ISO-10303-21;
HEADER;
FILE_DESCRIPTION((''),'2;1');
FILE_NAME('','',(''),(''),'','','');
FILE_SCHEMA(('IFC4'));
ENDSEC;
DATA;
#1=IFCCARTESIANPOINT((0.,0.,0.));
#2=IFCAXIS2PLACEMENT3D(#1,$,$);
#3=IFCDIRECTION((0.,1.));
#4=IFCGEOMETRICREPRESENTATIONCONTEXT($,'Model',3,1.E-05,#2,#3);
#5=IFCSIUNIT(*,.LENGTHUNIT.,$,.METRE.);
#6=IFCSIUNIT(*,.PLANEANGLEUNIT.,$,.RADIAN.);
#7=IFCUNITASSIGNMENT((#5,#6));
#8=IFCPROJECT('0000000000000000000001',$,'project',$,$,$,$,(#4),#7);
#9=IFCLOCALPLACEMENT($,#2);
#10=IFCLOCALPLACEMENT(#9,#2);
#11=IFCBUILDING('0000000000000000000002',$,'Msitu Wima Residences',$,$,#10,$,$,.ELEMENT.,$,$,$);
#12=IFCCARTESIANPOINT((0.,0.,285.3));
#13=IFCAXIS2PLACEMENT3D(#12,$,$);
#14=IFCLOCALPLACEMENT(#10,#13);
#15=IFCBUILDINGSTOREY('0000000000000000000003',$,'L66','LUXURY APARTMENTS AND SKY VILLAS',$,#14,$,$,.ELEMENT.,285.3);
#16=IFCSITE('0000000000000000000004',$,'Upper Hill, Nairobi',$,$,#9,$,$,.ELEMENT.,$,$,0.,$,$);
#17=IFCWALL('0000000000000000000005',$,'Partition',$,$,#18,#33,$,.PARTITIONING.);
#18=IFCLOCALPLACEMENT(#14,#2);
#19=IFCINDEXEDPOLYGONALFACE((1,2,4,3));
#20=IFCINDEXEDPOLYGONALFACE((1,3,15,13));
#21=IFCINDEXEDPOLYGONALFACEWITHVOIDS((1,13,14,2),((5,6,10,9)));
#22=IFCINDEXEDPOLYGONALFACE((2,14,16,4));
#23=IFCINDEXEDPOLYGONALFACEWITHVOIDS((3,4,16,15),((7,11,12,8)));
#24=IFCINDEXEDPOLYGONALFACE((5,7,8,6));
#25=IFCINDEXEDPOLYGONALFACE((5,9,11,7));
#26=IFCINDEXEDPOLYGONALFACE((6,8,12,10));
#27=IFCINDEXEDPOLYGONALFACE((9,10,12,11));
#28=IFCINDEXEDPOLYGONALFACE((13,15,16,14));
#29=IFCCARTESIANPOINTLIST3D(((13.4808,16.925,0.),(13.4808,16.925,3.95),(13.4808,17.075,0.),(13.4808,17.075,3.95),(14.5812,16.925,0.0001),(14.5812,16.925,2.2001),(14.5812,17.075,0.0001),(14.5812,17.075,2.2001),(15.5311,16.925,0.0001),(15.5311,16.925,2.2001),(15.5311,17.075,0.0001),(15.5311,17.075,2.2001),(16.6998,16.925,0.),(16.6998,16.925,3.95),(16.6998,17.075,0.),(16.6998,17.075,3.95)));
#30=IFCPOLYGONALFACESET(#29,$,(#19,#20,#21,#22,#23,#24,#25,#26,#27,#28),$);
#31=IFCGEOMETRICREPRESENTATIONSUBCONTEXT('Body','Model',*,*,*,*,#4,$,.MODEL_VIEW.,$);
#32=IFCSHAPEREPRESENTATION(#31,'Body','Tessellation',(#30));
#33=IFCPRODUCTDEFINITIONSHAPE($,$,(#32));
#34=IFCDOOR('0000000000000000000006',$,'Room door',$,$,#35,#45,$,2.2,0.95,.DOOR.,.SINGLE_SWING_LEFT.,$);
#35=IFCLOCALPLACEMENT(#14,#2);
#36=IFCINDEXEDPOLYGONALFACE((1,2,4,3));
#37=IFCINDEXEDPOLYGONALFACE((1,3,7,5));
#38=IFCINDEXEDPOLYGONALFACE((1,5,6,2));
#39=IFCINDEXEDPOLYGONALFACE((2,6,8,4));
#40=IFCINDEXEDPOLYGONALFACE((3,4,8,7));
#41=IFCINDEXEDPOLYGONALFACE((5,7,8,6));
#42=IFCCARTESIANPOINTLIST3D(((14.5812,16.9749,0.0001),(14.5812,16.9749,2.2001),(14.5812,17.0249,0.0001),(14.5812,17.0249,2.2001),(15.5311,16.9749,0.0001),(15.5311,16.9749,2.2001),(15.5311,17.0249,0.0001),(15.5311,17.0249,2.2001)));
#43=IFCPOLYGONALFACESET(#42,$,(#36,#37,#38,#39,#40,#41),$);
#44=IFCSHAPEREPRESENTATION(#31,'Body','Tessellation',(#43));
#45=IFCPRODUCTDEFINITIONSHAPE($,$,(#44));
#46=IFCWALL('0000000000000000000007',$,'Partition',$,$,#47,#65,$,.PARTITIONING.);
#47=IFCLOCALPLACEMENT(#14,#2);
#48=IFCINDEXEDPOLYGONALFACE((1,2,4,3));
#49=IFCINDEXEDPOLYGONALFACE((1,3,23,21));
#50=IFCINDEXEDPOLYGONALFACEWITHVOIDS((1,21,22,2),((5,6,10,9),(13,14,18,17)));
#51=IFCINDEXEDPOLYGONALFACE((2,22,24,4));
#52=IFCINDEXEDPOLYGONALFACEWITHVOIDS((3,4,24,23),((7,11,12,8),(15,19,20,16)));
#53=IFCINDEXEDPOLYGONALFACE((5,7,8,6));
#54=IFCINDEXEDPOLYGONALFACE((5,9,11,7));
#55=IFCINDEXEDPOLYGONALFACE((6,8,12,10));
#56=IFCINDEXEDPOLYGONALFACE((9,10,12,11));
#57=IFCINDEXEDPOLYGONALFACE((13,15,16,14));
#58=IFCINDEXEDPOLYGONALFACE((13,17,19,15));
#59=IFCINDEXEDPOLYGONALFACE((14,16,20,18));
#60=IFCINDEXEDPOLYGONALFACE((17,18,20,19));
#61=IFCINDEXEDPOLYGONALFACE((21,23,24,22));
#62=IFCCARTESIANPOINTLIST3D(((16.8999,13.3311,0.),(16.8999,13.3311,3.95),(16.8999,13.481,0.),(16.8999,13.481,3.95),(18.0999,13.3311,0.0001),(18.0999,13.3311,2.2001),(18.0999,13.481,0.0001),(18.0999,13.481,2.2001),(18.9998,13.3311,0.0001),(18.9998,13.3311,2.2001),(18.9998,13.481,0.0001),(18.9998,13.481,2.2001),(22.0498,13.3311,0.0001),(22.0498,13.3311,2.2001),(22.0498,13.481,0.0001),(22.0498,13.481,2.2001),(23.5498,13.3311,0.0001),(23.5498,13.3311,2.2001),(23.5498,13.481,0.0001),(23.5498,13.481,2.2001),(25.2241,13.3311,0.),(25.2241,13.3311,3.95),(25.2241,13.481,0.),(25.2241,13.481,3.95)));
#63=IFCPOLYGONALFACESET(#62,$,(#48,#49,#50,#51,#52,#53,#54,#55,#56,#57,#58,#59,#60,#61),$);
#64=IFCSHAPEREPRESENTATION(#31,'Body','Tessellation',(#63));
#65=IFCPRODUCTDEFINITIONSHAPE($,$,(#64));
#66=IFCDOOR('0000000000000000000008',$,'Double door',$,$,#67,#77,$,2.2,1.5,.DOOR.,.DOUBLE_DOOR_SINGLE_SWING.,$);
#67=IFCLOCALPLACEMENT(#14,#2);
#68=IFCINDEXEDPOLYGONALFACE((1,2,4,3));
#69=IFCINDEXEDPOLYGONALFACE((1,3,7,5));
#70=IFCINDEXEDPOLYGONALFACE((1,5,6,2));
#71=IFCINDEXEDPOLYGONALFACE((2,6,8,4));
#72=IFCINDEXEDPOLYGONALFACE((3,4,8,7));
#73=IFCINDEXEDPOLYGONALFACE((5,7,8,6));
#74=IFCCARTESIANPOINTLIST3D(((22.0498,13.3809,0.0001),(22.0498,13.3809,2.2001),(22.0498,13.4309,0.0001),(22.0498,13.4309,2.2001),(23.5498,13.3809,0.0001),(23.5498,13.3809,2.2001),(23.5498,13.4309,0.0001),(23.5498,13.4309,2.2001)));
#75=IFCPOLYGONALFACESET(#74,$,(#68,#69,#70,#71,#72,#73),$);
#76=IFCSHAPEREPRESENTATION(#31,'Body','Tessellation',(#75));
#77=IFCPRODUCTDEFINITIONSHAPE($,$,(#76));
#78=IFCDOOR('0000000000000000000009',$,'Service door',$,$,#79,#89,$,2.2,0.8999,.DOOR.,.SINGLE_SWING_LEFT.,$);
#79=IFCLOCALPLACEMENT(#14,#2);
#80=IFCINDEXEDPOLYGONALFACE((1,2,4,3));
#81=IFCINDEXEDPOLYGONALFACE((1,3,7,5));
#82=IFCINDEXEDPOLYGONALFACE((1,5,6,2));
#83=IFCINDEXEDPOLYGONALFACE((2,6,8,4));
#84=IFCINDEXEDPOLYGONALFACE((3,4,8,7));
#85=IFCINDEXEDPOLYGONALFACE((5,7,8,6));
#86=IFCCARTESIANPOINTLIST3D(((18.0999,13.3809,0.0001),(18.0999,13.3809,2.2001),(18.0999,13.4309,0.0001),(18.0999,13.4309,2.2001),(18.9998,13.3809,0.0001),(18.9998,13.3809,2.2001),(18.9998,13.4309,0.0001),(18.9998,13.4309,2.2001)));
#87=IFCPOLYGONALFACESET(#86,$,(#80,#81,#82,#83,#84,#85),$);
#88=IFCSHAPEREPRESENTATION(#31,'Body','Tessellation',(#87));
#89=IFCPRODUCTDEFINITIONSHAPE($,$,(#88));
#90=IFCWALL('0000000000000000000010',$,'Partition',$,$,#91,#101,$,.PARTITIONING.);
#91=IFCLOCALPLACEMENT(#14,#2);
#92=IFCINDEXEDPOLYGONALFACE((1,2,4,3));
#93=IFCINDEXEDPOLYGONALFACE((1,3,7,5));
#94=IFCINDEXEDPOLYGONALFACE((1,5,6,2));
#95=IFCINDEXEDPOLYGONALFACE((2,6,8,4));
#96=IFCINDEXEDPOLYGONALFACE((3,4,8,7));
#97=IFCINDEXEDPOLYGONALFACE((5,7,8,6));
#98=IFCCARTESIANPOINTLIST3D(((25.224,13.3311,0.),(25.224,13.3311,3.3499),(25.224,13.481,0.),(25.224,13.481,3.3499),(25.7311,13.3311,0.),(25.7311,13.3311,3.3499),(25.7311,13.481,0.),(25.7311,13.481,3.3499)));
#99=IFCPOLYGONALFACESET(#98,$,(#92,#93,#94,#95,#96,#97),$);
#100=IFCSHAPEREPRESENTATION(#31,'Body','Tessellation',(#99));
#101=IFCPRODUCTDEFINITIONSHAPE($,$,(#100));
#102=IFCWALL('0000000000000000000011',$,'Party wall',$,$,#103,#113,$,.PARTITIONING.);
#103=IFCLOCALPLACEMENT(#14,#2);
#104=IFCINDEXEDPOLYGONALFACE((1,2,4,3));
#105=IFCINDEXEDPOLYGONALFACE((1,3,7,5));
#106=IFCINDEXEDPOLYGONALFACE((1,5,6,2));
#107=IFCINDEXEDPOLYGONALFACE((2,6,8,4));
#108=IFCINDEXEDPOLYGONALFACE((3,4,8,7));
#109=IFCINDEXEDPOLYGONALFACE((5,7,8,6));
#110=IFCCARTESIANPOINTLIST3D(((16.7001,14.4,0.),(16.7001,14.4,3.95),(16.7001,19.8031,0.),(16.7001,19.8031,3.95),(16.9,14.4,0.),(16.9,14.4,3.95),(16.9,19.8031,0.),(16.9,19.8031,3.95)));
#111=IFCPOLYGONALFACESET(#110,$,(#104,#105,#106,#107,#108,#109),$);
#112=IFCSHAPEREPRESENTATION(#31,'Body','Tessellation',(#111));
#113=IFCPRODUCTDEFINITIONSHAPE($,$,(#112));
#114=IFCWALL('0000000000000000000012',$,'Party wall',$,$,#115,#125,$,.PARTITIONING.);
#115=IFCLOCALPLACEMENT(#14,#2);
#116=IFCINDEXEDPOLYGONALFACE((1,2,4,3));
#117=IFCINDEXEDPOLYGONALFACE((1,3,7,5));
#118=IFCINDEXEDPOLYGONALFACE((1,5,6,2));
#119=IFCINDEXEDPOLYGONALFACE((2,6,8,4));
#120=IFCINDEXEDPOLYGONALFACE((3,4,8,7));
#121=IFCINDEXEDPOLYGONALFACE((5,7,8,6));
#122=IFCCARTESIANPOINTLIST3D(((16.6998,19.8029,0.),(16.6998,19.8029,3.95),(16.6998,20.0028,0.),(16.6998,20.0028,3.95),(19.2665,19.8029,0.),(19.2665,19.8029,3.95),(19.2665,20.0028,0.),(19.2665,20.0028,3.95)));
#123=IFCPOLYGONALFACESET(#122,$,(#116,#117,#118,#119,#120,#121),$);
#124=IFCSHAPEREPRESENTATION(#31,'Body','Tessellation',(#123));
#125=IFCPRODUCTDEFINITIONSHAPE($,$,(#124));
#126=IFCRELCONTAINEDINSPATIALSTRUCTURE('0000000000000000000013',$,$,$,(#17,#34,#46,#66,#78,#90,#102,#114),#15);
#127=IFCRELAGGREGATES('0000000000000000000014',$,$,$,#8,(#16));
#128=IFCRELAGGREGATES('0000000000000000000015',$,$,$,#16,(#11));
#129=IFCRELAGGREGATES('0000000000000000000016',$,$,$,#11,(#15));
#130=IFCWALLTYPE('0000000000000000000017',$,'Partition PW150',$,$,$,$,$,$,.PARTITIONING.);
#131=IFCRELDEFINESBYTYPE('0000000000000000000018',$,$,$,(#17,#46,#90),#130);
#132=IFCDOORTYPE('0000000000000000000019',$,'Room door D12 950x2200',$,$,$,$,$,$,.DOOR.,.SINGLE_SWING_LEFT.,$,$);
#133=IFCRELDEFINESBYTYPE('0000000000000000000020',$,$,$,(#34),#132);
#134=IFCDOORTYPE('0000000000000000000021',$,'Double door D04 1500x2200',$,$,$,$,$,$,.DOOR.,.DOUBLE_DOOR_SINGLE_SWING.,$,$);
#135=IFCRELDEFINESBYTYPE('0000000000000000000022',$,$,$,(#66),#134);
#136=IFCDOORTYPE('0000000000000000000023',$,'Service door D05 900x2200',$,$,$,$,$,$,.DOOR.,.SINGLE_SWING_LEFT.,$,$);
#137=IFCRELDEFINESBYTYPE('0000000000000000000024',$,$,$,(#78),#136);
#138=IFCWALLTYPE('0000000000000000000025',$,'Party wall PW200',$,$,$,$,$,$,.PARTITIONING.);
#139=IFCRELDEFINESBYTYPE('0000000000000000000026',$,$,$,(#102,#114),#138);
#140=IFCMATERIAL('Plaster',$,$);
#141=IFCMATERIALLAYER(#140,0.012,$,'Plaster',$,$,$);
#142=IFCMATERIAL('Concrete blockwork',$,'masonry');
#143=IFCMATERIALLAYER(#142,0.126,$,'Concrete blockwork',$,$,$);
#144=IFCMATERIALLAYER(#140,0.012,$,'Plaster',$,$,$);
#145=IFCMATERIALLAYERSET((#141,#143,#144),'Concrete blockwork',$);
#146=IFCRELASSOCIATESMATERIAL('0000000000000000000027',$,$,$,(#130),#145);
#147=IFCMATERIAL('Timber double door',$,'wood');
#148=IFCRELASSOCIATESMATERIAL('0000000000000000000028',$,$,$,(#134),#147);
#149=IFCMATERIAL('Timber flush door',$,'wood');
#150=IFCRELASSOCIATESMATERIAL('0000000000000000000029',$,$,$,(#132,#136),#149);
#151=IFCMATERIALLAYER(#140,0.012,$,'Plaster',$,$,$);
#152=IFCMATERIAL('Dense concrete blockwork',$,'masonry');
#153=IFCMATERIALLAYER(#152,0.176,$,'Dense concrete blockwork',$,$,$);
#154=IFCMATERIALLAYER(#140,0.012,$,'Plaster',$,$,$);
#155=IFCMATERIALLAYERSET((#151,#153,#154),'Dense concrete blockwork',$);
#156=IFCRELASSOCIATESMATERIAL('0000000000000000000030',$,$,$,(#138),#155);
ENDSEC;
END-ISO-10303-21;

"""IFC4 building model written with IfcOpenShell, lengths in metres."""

from ifc_helpers import new_model, si_unit, direction, frame, frame_2d, origin, place, context, subcontext, project, spatial, rectangle, extrude, material, layer, layer_set, type_object, element, fill, save


model = new_model("IFC4")

# Units and contexts
model_context = context("Model", 3, precision=1e-05, world=origin(), true_north=direction((0.0, 1.0)))
body_context = subcontext(model_context, "Body", "Model", "MODEL_VIEW")
ifc_project = project(units=[si_unit("LENGTHUNIT", "METRE"), si_unit("PLANEANGLEUNIT", "RADIAN")], contexts=[model_context])

# Site, building, storey
site_placement = place(None, origin())
site = spatial("IfcSite", under=ifc_project, at=site_placement, Name="Upper Hill, Nairobi", CompositionType="ELEMENT", RefElevation=0.0)
building_placement = place(site_placement, origin())
building = spatial("IfcBuilding", under=site, at=building_placement, Name="Msitu Wima Residences", CompositionType="ELEMENT")
storey_placement = place(building_placement, frame((0.0, 0.0, 285.3)))
storey = spatial("IfcBuildingStorey", under=building, at=storey_placement, Name="L66", Description="LUXURY APARTMENTS AND SKY VILLAS", CompositionType="ELEMENT", Elevation=285.3)

# Shared definitions
ifc_material_1 = material(Name="Plaster")
ifc_material_2 = material(Name="Concrete blockwork", Category="masonry")

# Wall, opening, door
ifc_layer_1 = layer(ifc_material_1, 0.012, Name="Plaster")
ifc_layer_2 = layer(ifc_material_2, 0.126, Name="Concrete blockwork")
ifc_layer_3 = layer(ifc_material_1, 0.012, Name="Plaster")
ifc_layer_set_1 = layer_set([ifc_layer_1, ifc_layer_2, ifc_layer_3], Name="Concrete blockwork")
wall_type_1 = type_object("IfcWallType", Name="Partition PW150", PredefinedType="PARTITIONING", material=ifc_layer_set_1)
ifc_material_3 = material(Name="Timber double door", Category="wood")
door_type_1 = type_object("IfcDoorType", Name="Double door D04 1500x2200", OperationType="DOUBLE_DOOR_SINGLE_SWING", PredefinedType="DOOR", material=ifc_material_3)
wall_1_placement = place(storey_placement, frame((13.481, 17.0, 0.0), z_axis=(0.0, 0.0, 1.0), x_axis=(1.0, 0.0, 0.0)))
wall_1 = element("IfcWall", 1, at=wall_1_placement, inside=storey, type_object=wall_type_1, Name="Partition", PredefinedType="PARTITIONING", context=body_context, shape_type="SweptSolid", body=[
    extrude(rectangle(XDim=3.219, YDim=0.1499, at=frame_2d((1.6094, 0.0))), origin(), (0.0, 0.0, 1.0), 3.95),
])
opening_1_placement = place(wall_1_placement, frame((1.1001, 0.0, 0.0)))
opening_1 = element("IfcOpeningElement", 2, at=opening_1_placement, cuts=wall_1, PredefinedType="OPENING", context=body_context, shape_type="SweptSolid", body=[
    extrude(rectangle(XDim=0.95, YDim=2.2, at=frame_2d((0.4751, 1.1001))), frame((0.0, 0.085, 0.0), z_axis=(0.0, -1.0, 0.0), x_axis=(1.0, 0.0, 0.0)), (0.0, 0.0, 1.0), 0.1699),
])
ifc_material_4 = material(Name="Timber flush door", Category="wood")
door_type_2 = type_object("IfcDoorType", Name="Room door D12 950x2200", OperationType="SINGLE_SWING_LEFT", PredefinedType="DOOR", material=ifc_material_4)
door_1_placement = place(opening_1_placement, origin())
door_1 = element("IfcDoor", 3, at=door_1_placement, inside=storey, type_object=door_type_2, Name="Room door", OperationType="SINGLE_SWING_LEFT", OverallHeight=2.2, OverallWidth=0.95, PredefinedType="DOOR", context=body_context, shape_type="SweptSolid", body=[
    extrude(rectangle(XDim=0.95, YDim=2.2, at=frame_2d((0.4751, 1.1001))), frame((0.0, 0.0249, 0.0), z_axis=(0.0, -1.0, 0.0), x_axis=(1.0, 0.0, 0.0)), (0.0, 0.0, 1.0), 0.05),
])
fill(opening_1, door_1)

# Wall, openings, doors
wall_2_placement = place(storey_placement, frame((16.8999, 13.406, 0.0), z_axis=(0.0, 0.0, 1.0), x_axis=(1.0, 0.0, 0.0)))
wall_2 = element("IfcWall", 4, at=wall_2_placement, inside=storey, type_object=wall_type_1, Name="Partition", PredefinedType="PARTITIONING", context=body_context, shape_type="SweptSolid", body=[
    extrude(rectangle(XDim=8.3242, YDim=0.1499, at=frame_2d((4.1621, 0.0))), origin(), (0.0, 0.0, 1.0), 3.95),
])
opening_2_placement = place(wall_2_placement, frame((5.1499, 0.0, 0.0)))
opening_2 = element("IfcOpeningElement", 5, at=opening_2_placement, cuts=wall_2, PredefinedType="OPENING", context=body_context, shape_type="SweptSolid", body=[
    extrude(rectangle(XDim=1.5, YDim=2.2, at=frame_2d((0.75, 1.1001))), frame((0.0, 0.085, 0.0), z_axis=(0.0, -1.0, 0.0), x_axis=(1.0, 0.0, 0.0)), (0.0, 0.0, 1.0), 0.1699),
])
opening_3_placement = place(wall_2_placement, frame((1.2, 0.0, 0.0)))
opening_3 = element("IfcOpeningElement", 6, at=opening_3_placement, cuts=wall_2, PredefinedType="OPENING", context=body_context, shape_type="SweptSolid", body=[
    extrude(rectangle(XDim=0.8999, YDim=2.2, at=frame_2d((0.45, 1.1001))), frame((0.0, 0.085, 0.0), z_axis=(0.0, -1.0, 0.0), x_axis=(1.0, 0.0, 0.0)), (0.0, 0.0, 1.0), 0.1699),
])
door_2_placement = place(opening_2_placement, origin())
door_2 = element("IfcDoor", 7, at=door_2_placement, inside=storey, type_object=door_type_1, Name="Double door", OperationType="DOUBLE_DOOR_SINGLE_SWING", OverallHeight=2.2, OverallWidth=1.5, PredefinedType="DOOR", context=body_context, shape_type="SweptSolid", body=[
    extrude(rectangle(XDim=1.5, YDim=2.2, at=frame_2d((0.75, 1.1001))), frame((0.0, 0.0249, 0.0), z_axis=(0.0, -1.0, 0.0), x_axis=(1.0, 0.0, 0.0)), (0.0, 0.0, 1.0), 0.05),
])
fill(opening_2, door_2)
door_type_3 = type_object("IfcDoorType", Name="Service door D05 900x2200", OperationType="SINGLE_SWING_LEFT", PredefinedType="DOOR", material=ifc_material_4)
door_3_placement = place(opening_3_placement, origin())
door_3 = element("IfcDoor", 8, at=door_3_placement, inside=storey, type_object=door_type_3, Name="Service door", OperationType="SINGLE_SWING_LEFT", OverallHeight=2.2, OverallWidth=0.8999, PredefinedType="DOOR", context=body_context, shape_type="SweptSolid", body=[
    extrude(rectangle(XDim=0.8999, YDim=2.2, at=frame_2d((0.45, 1.1001))), frame((0.0, 0.0249, 0.0), z_axis=(0.0, -1.0, 0.0), x_axis=(1.0, 0.0, 0.0)), (0.0, 0.0, 1.0), 0.05),
])
fill(opening_3, door_3)

# Walls
wall_3_placement = place(storey_placement, frame((25.2241, 13.406, 0.0), z_axis=(0.0, 0.0, 1.0), x_axis=(1.0, 0.0, 0.0)))
element("IfcWall", 9, at=wall_3_placement, inside=storey, type_object=wall_type_1, Name="Partition", PredefinedType="PARTITIONING", context=body_context, shape_type="SweptSolid", body=[
    extrude(rectangle(XDim=0.5071, YDim=0.1499, at=frame_2d((0.2534, 0.0))), origin(), (0.0, 0.0, 1.0), 3.3499),
])
ifc_layer_4 = layer(ifc_material_1, 0.012, Name="Plaster")
ifc_material_5 = material(Name="Dense concrete blockwork", Category="masonry")
ifc_layer_5 = layer(ifc_material_5, 0.176, Name="Dense concrete blockwork")
ifc_layer_6 = layer(ifc_material_1, 0.012, Name="Plaster")
ifc_layer_set_2 = layer_set([ifc_layer_4, ifc_layer_5, ifc_layer_6], Name="Dense concrete blockwork")
wall_type_2 = type_object("IfcWallType", Name="Party wall PW200", PredefinedType="PARTITIONING", material=ifc_layer_set_2)
wall_4_placement = place(storey_placement, frame((16.8, 14.3999, 0.0), z_axis=(0.0, 0.0, 1.0), x_axis=(0.0, 1.0, 0.0)))
element("IfcWall", 10, at=wall_4_placement, inside=storey, type_object=wall_type_2, Name="Party wall", PredefinedType="PARTITIONING", context=body_context, shape_type="SweptSolid", body=[
    extrude(rectangle(XDim=5.4031, YDim=0.2, at=frame_2d((2.7017, 0.0))), origin(), (0.0, 0.0, 1.0), 3.95),
])
wall_5_placement = place(storey_placement, frame((16.7, 19.9028, 0.0), z_axis=(0.0, 0.0, 1.0), x_axis=(1.0, 0.0, 0.0)))
element("IfcWall", 11, at=wall_5_placement, inside=storey, type_object=wall_type_2, Name="Party wall", PredefinedType="PARTITIONING", context=body_context, shape_type="SweptSolid", body=[
    extrude(rectangle(XDim=2.5667, YDim=0.2, at=frame_2d((1.2832, 0.0))), origin(), (0.0, 0.0, 1.0), 3.95),
])

save(model, "model.ifc")
